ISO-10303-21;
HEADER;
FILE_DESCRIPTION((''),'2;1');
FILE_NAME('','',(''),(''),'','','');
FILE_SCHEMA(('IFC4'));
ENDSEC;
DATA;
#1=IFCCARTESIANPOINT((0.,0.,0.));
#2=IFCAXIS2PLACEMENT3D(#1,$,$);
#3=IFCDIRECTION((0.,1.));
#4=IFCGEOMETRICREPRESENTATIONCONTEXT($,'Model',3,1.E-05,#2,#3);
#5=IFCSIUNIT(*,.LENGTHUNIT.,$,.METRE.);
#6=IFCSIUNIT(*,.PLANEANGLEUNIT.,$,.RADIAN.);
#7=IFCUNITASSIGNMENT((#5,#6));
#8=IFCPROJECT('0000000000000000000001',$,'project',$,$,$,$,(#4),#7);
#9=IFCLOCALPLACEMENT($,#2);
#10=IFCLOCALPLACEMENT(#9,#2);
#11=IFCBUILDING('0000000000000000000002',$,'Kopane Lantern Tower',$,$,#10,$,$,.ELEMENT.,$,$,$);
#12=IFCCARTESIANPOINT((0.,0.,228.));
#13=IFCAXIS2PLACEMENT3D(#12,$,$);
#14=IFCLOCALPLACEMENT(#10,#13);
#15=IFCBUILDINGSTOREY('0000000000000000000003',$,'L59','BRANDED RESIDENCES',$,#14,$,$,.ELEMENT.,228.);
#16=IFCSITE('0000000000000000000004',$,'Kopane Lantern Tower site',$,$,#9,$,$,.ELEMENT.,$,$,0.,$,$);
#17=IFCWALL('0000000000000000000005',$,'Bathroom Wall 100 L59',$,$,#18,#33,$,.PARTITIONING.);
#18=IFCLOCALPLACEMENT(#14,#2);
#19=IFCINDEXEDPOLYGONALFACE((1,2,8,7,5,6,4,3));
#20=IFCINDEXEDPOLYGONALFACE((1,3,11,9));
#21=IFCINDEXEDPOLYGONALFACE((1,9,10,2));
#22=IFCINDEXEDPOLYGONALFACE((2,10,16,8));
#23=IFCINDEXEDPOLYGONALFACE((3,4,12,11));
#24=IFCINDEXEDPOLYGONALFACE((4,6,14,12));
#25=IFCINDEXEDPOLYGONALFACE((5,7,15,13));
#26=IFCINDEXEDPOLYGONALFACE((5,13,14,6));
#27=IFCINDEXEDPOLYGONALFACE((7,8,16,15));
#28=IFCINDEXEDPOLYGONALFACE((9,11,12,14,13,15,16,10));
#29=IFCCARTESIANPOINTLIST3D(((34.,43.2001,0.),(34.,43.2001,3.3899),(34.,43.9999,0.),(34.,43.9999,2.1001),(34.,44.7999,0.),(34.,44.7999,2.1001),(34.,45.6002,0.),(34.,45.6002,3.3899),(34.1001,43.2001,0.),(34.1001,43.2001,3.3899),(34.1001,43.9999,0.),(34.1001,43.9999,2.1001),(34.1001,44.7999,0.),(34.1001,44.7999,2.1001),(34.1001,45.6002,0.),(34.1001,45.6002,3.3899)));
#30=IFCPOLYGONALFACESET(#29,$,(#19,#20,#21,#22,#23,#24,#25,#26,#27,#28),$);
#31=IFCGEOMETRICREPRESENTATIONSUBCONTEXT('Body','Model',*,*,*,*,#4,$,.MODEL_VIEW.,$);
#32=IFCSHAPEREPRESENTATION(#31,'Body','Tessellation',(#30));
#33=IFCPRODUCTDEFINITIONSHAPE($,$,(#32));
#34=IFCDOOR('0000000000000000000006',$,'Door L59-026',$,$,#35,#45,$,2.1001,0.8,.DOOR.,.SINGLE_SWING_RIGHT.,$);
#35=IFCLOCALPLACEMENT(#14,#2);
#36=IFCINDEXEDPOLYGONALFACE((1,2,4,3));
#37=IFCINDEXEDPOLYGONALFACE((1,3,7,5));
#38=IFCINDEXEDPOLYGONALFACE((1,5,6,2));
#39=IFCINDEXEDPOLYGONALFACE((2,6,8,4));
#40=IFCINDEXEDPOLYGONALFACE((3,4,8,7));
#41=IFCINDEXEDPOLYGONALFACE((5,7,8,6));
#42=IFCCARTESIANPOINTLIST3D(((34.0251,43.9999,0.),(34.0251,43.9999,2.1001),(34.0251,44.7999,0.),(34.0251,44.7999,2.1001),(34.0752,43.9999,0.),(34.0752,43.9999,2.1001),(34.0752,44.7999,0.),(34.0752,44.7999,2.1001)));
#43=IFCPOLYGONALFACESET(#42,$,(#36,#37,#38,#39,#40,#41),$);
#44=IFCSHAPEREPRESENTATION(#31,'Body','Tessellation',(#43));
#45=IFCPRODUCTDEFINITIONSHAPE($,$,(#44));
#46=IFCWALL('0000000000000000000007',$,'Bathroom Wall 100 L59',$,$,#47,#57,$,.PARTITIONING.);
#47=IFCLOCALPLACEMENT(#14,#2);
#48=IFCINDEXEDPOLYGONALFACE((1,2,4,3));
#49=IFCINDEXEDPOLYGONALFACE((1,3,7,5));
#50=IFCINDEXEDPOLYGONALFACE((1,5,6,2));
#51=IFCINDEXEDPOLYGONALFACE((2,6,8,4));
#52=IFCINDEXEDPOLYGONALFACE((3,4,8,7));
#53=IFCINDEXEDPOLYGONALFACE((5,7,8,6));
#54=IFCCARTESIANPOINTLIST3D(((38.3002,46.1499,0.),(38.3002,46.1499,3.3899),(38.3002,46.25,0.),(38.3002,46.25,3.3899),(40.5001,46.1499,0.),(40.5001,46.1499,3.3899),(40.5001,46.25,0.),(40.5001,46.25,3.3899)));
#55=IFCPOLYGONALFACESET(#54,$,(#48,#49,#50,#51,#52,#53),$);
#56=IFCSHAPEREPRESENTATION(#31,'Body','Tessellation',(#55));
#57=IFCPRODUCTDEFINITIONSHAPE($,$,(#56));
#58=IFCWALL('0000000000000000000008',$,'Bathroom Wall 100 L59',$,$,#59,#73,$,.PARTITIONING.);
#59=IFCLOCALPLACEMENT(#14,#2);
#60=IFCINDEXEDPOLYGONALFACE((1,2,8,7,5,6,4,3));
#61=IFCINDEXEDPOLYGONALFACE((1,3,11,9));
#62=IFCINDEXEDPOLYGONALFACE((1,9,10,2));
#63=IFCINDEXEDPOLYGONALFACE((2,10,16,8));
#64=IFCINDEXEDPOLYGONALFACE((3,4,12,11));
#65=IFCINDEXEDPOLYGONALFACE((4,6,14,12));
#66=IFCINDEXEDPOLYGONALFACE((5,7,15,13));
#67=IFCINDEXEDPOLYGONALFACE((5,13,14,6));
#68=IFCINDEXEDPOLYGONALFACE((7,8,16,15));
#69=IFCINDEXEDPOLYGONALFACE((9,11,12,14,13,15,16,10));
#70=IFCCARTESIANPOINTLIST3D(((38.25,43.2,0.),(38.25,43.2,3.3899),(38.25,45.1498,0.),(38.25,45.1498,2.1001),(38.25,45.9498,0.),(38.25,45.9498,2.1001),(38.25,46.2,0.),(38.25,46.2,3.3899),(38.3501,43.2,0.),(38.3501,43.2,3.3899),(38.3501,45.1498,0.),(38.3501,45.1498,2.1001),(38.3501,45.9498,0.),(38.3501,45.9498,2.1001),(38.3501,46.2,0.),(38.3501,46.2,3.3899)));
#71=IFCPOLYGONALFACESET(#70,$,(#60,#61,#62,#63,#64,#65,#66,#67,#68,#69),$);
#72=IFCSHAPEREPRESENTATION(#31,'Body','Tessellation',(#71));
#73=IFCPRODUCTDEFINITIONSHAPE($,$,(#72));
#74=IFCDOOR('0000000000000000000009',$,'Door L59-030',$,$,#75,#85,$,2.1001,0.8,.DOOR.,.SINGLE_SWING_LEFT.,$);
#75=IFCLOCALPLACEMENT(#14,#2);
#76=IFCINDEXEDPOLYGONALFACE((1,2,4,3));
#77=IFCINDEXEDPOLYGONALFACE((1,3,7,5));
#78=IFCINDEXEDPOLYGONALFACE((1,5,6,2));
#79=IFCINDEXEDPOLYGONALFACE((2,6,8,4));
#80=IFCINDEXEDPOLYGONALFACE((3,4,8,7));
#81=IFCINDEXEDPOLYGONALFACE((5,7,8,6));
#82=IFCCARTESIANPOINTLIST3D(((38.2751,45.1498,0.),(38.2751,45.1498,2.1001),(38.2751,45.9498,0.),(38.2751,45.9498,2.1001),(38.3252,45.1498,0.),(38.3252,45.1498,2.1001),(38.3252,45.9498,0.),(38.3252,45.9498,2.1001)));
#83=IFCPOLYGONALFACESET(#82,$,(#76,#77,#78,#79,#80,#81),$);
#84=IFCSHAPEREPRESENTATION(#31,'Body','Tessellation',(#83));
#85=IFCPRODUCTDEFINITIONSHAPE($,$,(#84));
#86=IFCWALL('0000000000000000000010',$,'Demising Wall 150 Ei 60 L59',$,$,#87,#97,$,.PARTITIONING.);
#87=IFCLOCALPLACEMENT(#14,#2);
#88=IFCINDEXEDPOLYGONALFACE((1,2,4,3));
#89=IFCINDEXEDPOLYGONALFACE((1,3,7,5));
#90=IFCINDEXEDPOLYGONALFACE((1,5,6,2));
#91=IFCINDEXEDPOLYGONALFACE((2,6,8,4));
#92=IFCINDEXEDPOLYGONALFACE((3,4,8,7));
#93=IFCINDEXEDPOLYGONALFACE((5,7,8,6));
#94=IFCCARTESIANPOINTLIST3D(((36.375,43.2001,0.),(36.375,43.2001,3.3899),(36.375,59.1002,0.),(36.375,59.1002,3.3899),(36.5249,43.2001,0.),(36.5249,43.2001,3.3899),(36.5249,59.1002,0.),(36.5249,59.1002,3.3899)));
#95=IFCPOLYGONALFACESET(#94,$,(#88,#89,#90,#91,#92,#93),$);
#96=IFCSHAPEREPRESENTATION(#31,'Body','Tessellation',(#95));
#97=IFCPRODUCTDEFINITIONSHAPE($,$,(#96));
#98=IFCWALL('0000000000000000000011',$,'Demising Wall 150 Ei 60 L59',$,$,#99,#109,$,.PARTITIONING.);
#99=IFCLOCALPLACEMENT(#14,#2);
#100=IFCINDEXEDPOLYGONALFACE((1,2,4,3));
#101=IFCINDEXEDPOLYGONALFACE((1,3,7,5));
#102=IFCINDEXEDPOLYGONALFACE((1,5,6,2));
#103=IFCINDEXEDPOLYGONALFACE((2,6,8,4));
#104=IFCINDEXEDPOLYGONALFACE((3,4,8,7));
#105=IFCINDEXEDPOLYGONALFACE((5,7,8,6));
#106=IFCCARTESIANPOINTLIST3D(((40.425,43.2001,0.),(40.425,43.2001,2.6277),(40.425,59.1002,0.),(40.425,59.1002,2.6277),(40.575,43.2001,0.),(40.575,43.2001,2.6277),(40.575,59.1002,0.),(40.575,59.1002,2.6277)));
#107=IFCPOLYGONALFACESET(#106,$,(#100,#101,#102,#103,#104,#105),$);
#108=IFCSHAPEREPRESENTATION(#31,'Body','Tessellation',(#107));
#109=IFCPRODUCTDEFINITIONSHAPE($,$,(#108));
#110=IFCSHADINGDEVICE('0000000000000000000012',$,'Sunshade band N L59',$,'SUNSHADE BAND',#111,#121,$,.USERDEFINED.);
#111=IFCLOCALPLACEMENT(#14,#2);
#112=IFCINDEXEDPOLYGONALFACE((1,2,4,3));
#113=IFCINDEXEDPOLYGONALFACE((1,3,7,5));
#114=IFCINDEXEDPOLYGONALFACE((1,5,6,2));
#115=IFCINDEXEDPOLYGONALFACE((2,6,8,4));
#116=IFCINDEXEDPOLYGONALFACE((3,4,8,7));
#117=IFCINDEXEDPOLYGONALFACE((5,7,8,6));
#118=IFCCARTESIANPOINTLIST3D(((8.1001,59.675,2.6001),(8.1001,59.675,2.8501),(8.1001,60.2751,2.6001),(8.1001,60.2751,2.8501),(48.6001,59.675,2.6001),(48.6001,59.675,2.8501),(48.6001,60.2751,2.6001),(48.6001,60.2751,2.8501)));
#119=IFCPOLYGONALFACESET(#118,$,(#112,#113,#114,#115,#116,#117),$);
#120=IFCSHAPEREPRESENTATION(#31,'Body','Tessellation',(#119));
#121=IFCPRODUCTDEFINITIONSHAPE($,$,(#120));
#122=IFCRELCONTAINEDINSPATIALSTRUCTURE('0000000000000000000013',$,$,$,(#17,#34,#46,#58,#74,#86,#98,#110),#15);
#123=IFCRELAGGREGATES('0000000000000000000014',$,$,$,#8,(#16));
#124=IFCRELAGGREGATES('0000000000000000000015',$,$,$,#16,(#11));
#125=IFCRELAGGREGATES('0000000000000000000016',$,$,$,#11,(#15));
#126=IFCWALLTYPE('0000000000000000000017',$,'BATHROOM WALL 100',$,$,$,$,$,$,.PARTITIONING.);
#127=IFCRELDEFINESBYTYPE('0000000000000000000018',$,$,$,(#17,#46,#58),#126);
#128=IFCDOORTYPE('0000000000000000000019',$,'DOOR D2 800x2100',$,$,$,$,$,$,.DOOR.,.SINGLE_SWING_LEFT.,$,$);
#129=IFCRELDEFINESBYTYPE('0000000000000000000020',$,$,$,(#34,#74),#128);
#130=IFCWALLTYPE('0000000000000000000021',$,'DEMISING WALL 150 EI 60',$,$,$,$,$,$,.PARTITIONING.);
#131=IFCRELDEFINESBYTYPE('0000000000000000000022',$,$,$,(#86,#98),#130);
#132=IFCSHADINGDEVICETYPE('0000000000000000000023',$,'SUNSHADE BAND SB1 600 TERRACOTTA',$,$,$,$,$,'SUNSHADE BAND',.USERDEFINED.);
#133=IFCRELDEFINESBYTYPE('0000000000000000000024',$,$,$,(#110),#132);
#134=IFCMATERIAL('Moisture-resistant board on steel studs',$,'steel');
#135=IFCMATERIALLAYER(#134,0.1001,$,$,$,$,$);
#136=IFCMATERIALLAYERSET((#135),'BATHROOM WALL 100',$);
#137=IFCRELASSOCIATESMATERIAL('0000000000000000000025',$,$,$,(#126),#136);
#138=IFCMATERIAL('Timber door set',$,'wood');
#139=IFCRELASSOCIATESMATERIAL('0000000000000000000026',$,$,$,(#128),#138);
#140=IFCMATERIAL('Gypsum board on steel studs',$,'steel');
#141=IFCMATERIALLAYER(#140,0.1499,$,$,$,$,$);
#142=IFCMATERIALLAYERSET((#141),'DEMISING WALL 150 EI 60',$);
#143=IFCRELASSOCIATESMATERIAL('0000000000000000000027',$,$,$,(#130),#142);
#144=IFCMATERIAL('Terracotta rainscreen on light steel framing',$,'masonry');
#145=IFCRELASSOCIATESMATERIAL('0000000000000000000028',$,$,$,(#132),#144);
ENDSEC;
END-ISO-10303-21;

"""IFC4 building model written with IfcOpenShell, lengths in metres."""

from ifc_helpers import new_model, si_unit, direction, frame, frame_2d, origin, origin_2d, place, context, subcontext, project, spatial, rectangle, extrude, material, layer, layer_set, type_object, element, fill, save


model = new_model("IFC4")

# Units and contexts
model_context = context("Model", 3, precision=1e-05, world=origin(), true_north=direction((0.0, 1.0)))
body_context = subcontext(model_context, "Body", "Model", "MODEL_VIEW")
ifc_project = project(units=[si_unit("LENGTHUNIT", "METRE"), si_unit("PLANEANGLEUNIT", "RADIAN")], contexts=[model_context])

# Site, building, storey
site_placement = place(None, origin())
site = spatial("IfcSite", under=ifc_project, at=site_placement, Name="Kopane Lantern Tower site", CompositionType="ELEMENT", RefElevation=0.0)
building_placement = place(site_placement, origin())
building = spatial("IfcBuilding", under=site, at=building_placement, Name="Kopane Lantern Tower", CompositionType="ELEMENT")
storey_placement = place(building_placement, frame((0.0, 0.0, 228.0)))
storey = spatial("IfcBuildingStorey", under=building, at=storey_placement, Name="L59", Description="BRANDED RESIDENCES", CompositionType="ELEMENT", Elevation=228.0)

# Wall, opening, door
ifc_material_1 = material(Name="Moisture-resistant board on steel studs", Category="steel")
ifc_layer_1 = layer(ifc_material_1, 0.1001)
ifc_layer_set_1 = layer_set([ifc_layer_1], Name="BATHROOM WALL 100")
wall_type_1 = type_object("IfcWallType", Name="BATHROOM WALL 100", PredefinedType="PARTITIONING", material=ifc_layer_set_1)
wall_1_placement = place(storey_placement, frame((34.05, 43.2, 0.0), z_axis=(0.0, 0.0, 1.0), x_axis=(0.0, 1.0, 0.0)))
wall_1 = element("IfcWall", 1, at=wall_1_placement, inside=storey, type_object=wall_type_1, Name="Bathroom Wall 100 L59", PredefinedType="PARTITIONING", context=body_context, shape_type="SweptSolid", body=[
    extrude(rectangle(XDim=2.4001, YDim=0.1001, at=frame_2d((1.2002, 0.0))), origin(), (0.0, 0.0, 1.0), 3.3899),
])
opening_1_placement = place(wall_1_placement, frame((0.8, 0.0, 0.0)))
opening_1 = element("IfcOpeningElement", 2, at=opening_1_placement, cuts=wall_1, PredefinedType="OPENING", context=body_context, shape_type="SweptSolid", body=[
    extrude(rectangle(XDim=0.8, YDim=2.1001, at=frame_2d((0.3999, 1.05))), frame((0.0, 0.0601, 0.0), z_axis=(0.0, -1.0, 0.0), x_axis=(1.0, 0.0, 0.0)), (0.0, 0.0, 1.0), 0.1201),
])
ifc_material_2 = material(Name="Timber door set", Category="wood")
door_type_1 = type_object("IfcDoorType", Name="DOOR D2 800x2100", OperationType="SINGLE_SWING_LEFT", PredefinedType="DOOR", material=ifc_material_2)
door_1_placement = place(opening_1_placement, origin())
door_1 = element("IfcDoor", 3, at=door_1_placement, inside=storey, type_object=door_type_1, Name="Door L59-026", OperationType="SINGLE_SWING_RIGHT", OverallHeight=2.1001, OverallWidth=0.8, PredefinedType="DOOR", context=body_context, shape_type="SweptSolid", body=[
    extrude(rectangle(XDim=0.8, YDim=2.1001, at=frame_2d((0.3999, 1.05))), frame((0.0, 0.0249, 0.0), z_axis=(0.0, -1.0, 0.0), x_axis=(1.0, 0.0, 0.0)), (0.0, 0.0, 1.0), 0.05),
])
fill(opening_1, door_1)

# Wall
wall_2_placement = place(storey_placement, frame((38.3, 46.2, 0.0), z_axis=(0.0, 0.0, 1.0), x_axis=(1.0, 0.0, 0.0)))
element("IfcWall", 4, at=wall_2_placement, inside=storey, type_object=wall_type_1, Name="Bathroom Wall 100 L59", PredefinedType="PARTITIONING", context=body_context, shape_type="SweptSolid", body=[
    extrude(rectangle(XDim=2.2, YDim=0.1001, at=frame_2d((1.1001, 0.0))), origin(), (0.0, 0.0, 1.0), 3.3899),
])

# Wall, opening, door
wall_3_placement = place(storey_placement, frame((38.3, 43.2, 0.0), z_axis=(0.0, 0.0, 1.0), x_axis=(0.0, 1.0, 0.0)))
wall_3 = element("IfcWall", 5, at=wall_3_placement, inside=storey, type_object=wall_type_1, Name="Bathroom Wall 100 L59", PredefinedType="PARTITIONING", context=body_context, shape_type="SweptSolid", body=[
    extrude(rectangle(XDim=3.0, YDim=0.1001, at=frame_2d((1.5, 0.0))), origin(), (0.0, 0.0, 1.0), 3.3899),
])
opening_2_placement = place(wall_3_placement, frame((1.95, 0.0, 0.0)))
opening_2 = element("IfcOpeningElement", 6, at=opening_2_placement, cuts=wall_3, PredefinedType="OPENING", context=body_context, shape_type="SweptSolid", body=[
    extrude(rectangle(XDim=0.8, YDim=2.1001, at=frame_2d((0.3999, 1.05))), frame((0.0, 0.0601, 0.0), z_axis=(0.0, -1.0, 0.0), x_axis=(1.0, 0.0, 0.0)), (0.0, 0.0, 1.0), 0.1201),
])
door_2_placement = place(opening_2_placement, origin())
door_2 = element("IfcDoor", 7, at=door_2_placement, inside=storey, type_object=door_type_1, Name="Door L59-030", OperationType="SINGLE_SWING_LEFT", OverallHeight=2.1001, OverallWidth=0.8, PredefinedType="DOOR", context=body_context, shape_type="SweptSolid", body=[
    extrude(rectangle(XDim=0.8, YDim=2.1001, at=frame_2d((0.3999, 1.05))), frame((0.0, 0.0249, 0.0), z_axis=(0.0, -1.0, 0.0), x_axis=(1.0, 0.0, 0.0)), (0.0, 0.0, 1.0), 0.05),
])
fill(opening_2, door_2)

# Walls
ifc_material_3 = material(Name="Gypsum board on steel studs", Category="steel")
ifc_layer_2 = layer(ifc_material_3, 0.1499)
ifc_layer_set_2 = layer_set([ifc_layer_2], Name="DEMISING WALL 150 EI 60")
wall_type_2 = type_object("IfcWallType", Name="DEMISING WALL 150 EI 60", PredefinedType="PARTITIONING", material=ifc_layer_set_2)
wall_4_placement = place(storey_placement, frame((36.45, 43.2, 0.0), z_axis=(0.0, 0.0, 1.0), x_axis=(0.0, 1.0, 0.0)))
element("IfcWall", 8, at=wall_4_placement, inside=storey, type_object=wall_type_2, Name="Demising Wall 150 Ei 60 L59", PredefinedType="PARTITIONING", context=body_context, shape_type="SweptSolid", body=[
    extrude(rectangle(XDim=15.9001, YDim=0.1499, at=frame_2d((7.9502, 0.0))), origin(), (0.0, 0.0, 1.0), 3.3899),
])
wall_5_placement = place(storey_placement, frame((40.5, 43.2, 0.0), z_axis=(0.0, 0.0, 1.0), x_axis=(0.0, 1.0, 0.0)))
element("IfcWall", 9, at=wall_5_placement, inside=storey, type_object=wall_type_2, Name="Demising Wall 150 Ei 60 L59", PredefinedType="PARTITIONING", context=body_context, shape_type="SweptSolid", body=[
    extrude(rectangle(XDim=15.9001, YDim=0.1499, at=frame_2d((7.9502, 0.0))), origin(), (0.0, 0.0, 1.0), 2.6277),
])

# Shading device
ifc_material_4 = material(Name="Terracotta rainscreen on light steel framing", Category="masonry")
shading_device_type = type_object("IfcShadingDeviceType", Name="SUNSHADE BAND SB1 600 TERRACOTTA", ElementType="SUNSHADE BAND", PredefinedType="USERDEFINED", material=ifc_material_4)
shading_device_placement = place(storey_placement, frame((28.3501, 59.9751, 2.6001), z_axis=(0.0, 0.0, 1.0), x_axis=(-1.0, 0.0, 0.0)))
element("IfcShadingDevice", 10, at=shading_device_placement, inside=storey, type_object=shading_device_type, Name="Sunshade band N L59", ObjectType="SUNSHADE BAND", PredefinedType="USERDEFINED", context=body_context, shape_type="SweptSolid", body=[
    extrude(rectangle(XDim=40.5, YDim=0.6001, at=origin_2d()), origin(), (0.0, 0.0, 1.0), 0.25),
])

save(model, "model.ifc")
